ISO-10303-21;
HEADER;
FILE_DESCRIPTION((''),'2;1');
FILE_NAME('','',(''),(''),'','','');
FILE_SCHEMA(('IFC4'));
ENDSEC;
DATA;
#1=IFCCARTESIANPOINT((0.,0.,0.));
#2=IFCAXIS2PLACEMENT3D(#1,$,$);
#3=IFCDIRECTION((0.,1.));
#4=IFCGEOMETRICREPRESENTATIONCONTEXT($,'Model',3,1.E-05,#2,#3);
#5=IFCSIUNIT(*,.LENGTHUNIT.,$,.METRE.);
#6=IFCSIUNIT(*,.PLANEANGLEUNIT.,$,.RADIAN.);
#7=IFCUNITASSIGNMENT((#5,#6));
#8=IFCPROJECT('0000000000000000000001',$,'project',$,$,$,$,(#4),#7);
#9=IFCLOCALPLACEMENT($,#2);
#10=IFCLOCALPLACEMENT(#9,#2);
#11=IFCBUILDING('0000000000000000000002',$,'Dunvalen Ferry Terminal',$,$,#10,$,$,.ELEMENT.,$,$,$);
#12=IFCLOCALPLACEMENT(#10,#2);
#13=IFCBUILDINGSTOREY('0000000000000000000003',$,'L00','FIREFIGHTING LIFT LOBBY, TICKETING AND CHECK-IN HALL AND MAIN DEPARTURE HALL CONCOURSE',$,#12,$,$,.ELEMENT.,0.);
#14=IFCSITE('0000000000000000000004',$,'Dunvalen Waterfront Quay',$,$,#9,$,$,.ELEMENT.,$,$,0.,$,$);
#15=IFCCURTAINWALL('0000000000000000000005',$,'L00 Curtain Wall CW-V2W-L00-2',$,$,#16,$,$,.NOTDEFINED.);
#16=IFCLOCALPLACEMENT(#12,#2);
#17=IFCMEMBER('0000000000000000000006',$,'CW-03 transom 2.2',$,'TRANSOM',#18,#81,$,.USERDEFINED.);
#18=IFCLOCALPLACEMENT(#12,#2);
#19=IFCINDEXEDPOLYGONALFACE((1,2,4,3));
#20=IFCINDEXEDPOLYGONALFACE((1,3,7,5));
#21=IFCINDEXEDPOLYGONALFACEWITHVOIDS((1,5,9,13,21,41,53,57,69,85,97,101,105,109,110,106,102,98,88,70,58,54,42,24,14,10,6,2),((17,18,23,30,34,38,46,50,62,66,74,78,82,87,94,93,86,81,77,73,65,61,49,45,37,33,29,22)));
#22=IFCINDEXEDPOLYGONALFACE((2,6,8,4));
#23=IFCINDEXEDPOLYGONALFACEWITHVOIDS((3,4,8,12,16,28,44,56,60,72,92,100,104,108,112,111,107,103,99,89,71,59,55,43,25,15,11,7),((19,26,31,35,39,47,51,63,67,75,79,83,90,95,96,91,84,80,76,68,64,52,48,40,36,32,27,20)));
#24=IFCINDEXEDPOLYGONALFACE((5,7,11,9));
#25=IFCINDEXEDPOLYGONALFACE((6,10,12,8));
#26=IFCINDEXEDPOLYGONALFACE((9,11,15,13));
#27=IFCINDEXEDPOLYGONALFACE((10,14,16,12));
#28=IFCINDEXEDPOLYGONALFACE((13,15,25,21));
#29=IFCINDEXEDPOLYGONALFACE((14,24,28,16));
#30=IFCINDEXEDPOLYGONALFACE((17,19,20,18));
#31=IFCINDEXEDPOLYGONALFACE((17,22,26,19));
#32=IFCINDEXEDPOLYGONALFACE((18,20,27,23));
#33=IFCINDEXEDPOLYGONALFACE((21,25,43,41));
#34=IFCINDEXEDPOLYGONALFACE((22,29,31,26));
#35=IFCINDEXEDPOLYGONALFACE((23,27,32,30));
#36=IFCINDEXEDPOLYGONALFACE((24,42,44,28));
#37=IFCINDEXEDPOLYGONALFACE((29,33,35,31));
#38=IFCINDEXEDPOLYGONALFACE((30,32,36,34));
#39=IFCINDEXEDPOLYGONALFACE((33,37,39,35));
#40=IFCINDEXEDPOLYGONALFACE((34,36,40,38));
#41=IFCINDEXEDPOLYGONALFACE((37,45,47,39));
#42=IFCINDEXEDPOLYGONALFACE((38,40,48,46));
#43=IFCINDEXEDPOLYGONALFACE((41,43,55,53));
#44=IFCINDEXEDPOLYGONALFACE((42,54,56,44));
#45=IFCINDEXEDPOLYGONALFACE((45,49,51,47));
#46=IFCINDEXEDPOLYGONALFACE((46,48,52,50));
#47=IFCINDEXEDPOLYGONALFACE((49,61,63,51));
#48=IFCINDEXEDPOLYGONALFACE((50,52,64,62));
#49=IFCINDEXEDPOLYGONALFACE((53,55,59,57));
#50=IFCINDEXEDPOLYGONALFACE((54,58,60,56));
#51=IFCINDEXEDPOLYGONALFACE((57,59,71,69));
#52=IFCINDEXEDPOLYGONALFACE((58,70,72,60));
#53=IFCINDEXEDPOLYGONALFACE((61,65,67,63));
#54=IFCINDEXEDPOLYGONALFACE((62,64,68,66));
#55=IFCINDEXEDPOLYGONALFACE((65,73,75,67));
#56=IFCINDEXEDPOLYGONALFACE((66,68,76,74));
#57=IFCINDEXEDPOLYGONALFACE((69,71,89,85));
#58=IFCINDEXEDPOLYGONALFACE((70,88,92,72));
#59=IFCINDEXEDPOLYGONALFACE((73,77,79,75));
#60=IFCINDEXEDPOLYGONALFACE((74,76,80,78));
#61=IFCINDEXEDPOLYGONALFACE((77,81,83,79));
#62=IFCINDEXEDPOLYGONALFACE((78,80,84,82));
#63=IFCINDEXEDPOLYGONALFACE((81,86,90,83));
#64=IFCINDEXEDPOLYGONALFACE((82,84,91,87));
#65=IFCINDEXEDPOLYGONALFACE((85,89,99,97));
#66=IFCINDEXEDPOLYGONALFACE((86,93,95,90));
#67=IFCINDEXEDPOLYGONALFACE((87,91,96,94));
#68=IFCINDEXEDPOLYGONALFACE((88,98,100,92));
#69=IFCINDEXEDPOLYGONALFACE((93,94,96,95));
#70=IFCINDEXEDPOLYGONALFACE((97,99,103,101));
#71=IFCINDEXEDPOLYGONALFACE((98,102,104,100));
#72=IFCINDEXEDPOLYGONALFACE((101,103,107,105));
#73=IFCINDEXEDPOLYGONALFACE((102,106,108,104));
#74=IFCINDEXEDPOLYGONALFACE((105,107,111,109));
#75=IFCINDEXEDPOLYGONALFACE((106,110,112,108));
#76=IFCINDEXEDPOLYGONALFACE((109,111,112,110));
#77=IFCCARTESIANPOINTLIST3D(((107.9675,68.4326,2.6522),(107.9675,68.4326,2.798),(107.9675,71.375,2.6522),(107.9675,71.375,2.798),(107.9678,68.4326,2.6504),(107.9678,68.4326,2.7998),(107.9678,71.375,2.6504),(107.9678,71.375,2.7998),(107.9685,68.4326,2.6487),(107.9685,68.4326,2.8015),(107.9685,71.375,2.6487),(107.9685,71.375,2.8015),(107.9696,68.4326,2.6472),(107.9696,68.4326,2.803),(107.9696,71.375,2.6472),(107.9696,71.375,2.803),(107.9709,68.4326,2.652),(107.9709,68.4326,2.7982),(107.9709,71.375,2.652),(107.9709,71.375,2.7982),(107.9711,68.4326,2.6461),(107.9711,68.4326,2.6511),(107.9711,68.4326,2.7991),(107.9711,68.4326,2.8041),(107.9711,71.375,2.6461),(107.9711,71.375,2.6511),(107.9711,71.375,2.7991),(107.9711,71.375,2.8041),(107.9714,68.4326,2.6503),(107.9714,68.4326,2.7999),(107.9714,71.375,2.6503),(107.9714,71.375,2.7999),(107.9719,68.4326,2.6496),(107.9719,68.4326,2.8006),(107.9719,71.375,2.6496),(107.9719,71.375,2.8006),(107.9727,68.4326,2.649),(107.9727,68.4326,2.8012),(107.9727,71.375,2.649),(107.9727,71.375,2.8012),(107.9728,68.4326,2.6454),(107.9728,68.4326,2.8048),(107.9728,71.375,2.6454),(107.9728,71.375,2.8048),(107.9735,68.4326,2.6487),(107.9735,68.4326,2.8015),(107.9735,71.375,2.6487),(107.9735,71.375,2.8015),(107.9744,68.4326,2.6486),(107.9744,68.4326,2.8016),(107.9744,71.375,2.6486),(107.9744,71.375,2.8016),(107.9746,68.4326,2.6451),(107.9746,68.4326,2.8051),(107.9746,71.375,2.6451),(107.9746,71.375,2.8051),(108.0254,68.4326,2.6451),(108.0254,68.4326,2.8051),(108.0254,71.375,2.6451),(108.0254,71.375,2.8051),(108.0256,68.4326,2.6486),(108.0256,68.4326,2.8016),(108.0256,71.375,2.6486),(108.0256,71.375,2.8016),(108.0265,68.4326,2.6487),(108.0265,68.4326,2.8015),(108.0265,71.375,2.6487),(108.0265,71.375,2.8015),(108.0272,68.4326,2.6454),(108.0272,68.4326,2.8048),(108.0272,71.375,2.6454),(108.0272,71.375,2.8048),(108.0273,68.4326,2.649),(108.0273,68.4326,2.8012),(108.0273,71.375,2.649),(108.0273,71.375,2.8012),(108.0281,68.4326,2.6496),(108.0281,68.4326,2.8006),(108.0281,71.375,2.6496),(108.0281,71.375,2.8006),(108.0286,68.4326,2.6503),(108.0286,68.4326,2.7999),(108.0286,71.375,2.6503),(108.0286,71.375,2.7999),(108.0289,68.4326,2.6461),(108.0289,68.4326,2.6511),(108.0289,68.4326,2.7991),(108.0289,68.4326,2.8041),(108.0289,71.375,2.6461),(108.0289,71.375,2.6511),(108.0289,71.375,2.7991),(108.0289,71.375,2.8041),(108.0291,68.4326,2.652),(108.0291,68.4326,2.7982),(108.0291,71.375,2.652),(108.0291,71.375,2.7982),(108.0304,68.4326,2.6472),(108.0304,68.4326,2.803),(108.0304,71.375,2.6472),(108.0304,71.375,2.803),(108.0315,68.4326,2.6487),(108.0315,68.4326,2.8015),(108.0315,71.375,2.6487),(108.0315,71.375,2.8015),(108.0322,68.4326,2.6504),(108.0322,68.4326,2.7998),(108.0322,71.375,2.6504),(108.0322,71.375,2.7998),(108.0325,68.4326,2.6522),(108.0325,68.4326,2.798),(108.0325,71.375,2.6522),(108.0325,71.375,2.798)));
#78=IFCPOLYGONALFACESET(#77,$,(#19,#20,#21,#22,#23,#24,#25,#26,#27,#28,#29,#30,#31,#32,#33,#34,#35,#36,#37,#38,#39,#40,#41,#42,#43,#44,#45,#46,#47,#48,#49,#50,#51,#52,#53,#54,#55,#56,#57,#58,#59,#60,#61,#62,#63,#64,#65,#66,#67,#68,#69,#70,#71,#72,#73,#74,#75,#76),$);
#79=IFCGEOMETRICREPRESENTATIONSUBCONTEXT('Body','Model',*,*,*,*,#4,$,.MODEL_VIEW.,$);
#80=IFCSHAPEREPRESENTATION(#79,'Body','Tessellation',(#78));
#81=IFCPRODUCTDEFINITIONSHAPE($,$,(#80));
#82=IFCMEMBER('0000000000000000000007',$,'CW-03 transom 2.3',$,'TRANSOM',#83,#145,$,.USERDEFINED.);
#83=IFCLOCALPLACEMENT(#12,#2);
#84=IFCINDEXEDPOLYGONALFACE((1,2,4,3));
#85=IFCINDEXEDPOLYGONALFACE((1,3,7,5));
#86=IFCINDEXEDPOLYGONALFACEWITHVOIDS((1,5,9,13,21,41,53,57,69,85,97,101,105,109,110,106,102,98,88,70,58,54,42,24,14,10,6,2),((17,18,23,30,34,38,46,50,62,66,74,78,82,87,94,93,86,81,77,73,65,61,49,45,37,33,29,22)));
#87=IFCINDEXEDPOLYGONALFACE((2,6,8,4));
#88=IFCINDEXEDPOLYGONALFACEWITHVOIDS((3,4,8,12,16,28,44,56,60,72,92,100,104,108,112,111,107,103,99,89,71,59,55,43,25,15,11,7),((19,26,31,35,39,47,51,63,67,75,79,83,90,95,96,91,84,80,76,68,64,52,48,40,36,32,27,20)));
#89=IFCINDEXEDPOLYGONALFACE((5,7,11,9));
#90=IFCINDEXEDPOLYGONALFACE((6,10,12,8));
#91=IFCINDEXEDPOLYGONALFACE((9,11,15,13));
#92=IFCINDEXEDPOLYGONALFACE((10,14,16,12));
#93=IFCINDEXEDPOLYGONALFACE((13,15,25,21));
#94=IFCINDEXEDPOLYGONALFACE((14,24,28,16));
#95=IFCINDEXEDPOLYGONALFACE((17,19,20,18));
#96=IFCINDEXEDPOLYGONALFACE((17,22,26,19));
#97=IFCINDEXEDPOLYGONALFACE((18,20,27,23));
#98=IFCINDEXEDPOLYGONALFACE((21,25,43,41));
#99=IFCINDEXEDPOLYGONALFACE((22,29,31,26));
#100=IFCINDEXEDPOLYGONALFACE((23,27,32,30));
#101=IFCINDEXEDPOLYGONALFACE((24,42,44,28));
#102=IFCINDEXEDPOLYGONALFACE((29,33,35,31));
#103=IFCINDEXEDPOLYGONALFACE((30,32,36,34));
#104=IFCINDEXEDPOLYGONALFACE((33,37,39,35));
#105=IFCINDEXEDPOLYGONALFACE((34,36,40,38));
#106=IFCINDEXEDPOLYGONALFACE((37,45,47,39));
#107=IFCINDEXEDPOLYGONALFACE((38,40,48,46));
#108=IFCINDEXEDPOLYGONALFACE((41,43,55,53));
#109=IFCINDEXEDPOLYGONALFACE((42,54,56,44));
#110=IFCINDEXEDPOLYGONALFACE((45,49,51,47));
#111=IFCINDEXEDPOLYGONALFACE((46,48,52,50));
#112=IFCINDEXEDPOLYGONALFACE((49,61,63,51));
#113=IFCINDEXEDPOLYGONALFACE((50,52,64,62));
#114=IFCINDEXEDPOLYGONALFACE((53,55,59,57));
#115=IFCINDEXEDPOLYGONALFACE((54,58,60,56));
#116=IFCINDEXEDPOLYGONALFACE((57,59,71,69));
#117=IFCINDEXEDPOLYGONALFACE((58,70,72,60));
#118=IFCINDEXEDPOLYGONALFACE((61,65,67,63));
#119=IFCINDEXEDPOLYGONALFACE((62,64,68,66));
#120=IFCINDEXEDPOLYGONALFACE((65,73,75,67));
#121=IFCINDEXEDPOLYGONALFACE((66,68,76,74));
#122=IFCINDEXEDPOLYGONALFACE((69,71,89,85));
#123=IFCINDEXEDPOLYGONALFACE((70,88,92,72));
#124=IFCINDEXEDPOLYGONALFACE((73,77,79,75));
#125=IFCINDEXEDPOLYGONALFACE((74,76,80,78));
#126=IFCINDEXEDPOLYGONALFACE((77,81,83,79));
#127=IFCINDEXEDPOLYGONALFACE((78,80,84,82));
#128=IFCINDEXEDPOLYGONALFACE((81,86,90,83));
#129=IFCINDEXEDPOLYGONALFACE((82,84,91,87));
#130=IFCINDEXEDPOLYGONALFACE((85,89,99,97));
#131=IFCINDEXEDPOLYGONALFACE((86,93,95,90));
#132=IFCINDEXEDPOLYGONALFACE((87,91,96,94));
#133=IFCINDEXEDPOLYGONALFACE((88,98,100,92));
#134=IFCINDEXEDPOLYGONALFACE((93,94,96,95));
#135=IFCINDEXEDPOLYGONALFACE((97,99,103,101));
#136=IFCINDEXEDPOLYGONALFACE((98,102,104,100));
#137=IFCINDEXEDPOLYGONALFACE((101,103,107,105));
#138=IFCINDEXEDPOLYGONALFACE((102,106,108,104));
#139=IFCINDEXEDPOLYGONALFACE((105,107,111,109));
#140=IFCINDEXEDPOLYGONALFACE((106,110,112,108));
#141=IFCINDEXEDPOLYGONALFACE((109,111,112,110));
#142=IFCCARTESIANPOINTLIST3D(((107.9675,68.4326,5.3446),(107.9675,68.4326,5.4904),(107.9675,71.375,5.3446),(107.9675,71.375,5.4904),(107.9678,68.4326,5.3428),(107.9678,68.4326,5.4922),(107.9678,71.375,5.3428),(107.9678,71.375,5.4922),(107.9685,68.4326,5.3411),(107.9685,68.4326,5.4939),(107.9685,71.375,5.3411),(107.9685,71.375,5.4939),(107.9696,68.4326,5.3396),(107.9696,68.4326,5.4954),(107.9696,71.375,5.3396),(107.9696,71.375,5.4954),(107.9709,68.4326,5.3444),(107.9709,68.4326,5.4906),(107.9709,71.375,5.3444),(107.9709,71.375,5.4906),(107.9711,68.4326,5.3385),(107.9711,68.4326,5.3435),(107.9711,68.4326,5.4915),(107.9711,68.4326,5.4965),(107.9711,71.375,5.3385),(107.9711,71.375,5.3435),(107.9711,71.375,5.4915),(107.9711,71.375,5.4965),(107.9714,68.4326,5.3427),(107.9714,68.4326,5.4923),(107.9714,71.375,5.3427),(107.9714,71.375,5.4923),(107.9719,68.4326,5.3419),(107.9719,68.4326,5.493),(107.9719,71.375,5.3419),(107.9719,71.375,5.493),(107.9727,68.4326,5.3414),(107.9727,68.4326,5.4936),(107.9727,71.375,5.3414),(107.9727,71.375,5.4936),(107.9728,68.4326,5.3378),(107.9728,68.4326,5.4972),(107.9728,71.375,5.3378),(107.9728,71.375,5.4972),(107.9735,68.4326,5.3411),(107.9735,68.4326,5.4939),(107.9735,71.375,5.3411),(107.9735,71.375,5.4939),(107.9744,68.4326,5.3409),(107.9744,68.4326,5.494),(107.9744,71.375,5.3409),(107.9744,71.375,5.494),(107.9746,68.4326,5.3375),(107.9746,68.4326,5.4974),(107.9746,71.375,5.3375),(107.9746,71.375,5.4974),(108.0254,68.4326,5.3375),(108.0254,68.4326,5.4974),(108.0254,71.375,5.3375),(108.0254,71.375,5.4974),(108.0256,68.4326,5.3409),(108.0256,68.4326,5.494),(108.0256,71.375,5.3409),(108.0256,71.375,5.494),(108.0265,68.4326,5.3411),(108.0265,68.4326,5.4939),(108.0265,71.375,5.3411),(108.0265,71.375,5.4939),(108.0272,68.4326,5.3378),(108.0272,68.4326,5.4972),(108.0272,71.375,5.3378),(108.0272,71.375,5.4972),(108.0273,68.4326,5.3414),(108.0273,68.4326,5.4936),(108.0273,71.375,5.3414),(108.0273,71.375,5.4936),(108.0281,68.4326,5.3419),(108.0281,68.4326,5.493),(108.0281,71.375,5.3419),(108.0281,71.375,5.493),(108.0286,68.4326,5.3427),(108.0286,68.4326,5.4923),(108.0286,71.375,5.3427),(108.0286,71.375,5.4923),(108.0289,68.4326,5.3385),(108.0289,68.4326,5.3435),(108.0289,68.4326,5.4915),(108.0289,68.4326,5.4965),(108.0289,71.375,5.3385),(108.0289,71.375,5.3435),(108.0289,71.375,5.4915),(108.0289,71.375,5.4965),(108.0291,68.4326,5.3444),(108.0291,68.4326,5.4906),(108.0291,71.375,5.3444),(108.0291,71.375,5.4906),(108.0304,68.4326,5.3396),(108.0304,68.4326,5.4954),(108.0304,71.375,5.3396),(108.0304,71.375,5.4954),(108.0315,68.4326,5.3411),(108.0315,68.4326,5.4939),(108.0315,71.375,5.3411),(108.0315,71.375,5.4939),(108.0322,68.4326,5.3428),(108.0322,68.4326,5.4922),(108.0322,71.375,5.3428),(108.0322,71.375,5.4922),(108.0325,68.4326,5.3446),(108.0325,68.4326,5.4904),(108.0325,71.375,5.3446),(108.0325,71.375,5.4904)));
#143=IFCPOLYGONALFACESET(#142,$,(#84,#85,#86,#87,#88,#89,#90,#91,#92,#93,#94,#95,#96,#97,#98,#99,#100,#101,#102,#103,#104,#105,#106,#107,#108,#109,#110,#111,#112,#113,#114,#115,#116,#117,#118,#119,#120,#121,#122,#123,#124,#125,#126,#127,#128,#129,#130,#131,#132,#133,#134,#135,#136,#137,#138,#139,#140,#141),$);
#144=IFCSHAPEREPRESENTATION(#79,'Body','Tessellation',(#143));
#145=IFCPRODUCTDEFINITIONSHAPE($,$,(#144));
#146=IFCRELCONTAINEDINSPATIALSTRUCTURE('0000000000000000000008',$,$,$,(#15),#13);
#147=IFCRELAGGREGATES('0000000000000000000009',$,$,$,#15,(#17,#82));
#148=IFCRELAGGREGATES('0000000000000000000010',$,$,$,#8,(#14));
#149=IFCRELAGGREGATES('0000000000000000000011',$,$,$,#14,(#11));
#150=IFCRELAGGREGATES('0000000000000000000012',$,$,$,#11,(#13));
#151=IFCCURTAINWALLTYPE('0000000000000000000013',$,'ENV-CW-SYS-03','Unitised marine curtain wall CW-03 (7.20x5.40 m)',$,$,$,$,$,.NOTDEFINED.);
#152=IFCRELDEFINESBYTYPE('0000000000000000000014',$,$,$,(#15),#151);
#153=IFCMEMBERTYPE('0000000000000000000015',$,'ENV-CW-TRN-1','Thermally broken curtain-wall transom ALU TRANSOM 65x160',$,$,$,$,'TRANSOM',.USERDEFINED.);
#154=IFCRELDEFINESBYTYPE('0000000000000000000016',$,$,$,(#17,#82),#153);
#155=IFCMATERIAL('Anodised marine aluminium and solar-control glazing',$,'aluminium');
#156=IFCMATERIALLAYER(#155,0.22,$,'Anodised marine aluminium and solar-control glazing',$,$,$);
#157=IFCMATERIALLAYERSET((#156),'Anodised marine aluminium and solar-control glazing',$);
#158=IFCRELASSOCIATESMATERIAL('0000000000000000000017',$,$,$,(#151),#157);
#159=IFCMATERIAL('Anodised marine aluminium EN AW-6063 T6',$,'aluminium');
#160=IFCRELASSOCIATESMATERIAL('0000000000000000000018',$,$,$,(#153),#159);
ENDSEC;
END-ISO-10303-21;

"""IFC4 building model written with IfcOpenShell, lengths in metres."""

from ifc_helpers import new_model, si_unit, direction, frame, origin, origin_2d, place, context, subcontext, project, spatial, hollow_rectangle, extrude, material, layer, layer_set, material_profile, profile_set, type_object, element, aggregate, save


model = new_model("IFC4")

# Units and contexts
model_context = context("Model", 3, precision=1e-05, world=origin(), true_north=direction((0.0, 1.0)))
body_context = subcontext(model_context, "Body", "Model", "MODEL_VIEW")
ifc_project = project(units=[si_unit("LENGTHUNIT", "METRE"), si_unit("PLANEANGLEUNIT", "RADIAN")], contexts=[model_context])

# Site, building, storey
site_placement = place(None, origin())
site = spatial("IfcSite", under=ifc_project, at=site_placement, Name="Dunvalen Waterfront Quay", CompositionType="ELEMENT", RefElevation=0.0)
building_placement = place(site_placement, origin())
building = spatial("IfcBuilding", under=site, at=building_placement, Name="Dunvalen Ferry Terminal", CompositionType="ELEMENT")
storey_placement = place(building_placement, origin())
storey = spatial("IfcBuildingStorey", under=building, at=storey_placement, Name="L00", Description="FIREFIGHTING LIFT LOBBY, TICKETING AND CHECK-IN HALL AND MAIN DEPARTURE HALL CONCOURSE", CompositionType="ELEMENT", Elevation=0.0)

# Curtain wall
ifc_material_1 = material(Name="Anodised marine aluminium and solar-control glazing", Category="aluminium")
ifc_layer_1 = layer(ifc_material_1, 0.22, Name="Anodised marine aluminium and solar-control glazing")
ifc_layer_set_1 = layer_set([ifc_layer_1], Name="Anodised marine aluminium and solar-control glazing")
curtain_wall_type = type_object("IfcCurtainWallType", Name="ENV-CW-SYS-03", Description="Unitised marine curtain wall CW-03 (7.20x5.40 m)", PredefinedType="NOTDEFINED", material=ifc_layer_set_1)
curtain_wall_1_placement = place(storey_placement, origin())
curtain_wall_1 = element("IfcCurtainWall", 1, at=curtain_wall_1_placement, inside=storey, type_object=curtain_wall_type, Name="L00 Curtain Wall CW-V2W-L00-2", PredefinedType="NOTDEFINED")
ifc_material_2 = material(Name="Anodised marine aluminium EN AW-6063 T6", Category="aluminium")

# Members
ifc_material_profile_1 = material_profile(ifc_material_2, hollow_rectangle(XDim=0.0649, YDim=0.1599, WallThickness=0.0034, InnerFilletRadius=0.0034, OuterFilletRadius=0.0071, at=origin_2d()), Name="Anodised marine aluminium EN AW-6063 T6")
ifc_profile_set_1 = profile_set([ifc_material_profile_1], Name="Anodised marine aluminium EN AW-6063 T6")
member_type_1 = type_object("IfcMemberType", Name="ENV-CW-TRN-1", Description="Thermally broken curtain-wall transom ALU TRANSOM 65x160", ElementType="TRANSOM", PredefinedType="USERDEFINED", material=ifc_profile_set_1)
member_1_placement = place(storey_placement, frame((108.0, 68.4326, 2.7251), z_axis=(0.0, 1.0, 0.0), x_axis=(-1.0, 0.0, 0.0)))
member_1 = element("IfcMember", 2, at=member_1_placement, type_object=member_type_1, Name="CW-03 transom 2.2", ObjectType="TRANSOM", PredefinedType="USERDEFINED", context=body_context, shape_type="SweptSolid", body=[
    extrude(hollow_rectangle(XDim=0.0649, YDim=0.1599, WallThickness=0.0034, InnerFilletRadius=0.0034, OuterFilletRadius=0.0071, at=origin_2d()), origin(), (0.0, 0.0, 1.0), 2.9424),
])
member_2_placement = place(storey_placement, frame((108.0, 68.4326, 5.4175), z_axis=(0.0, 1.0, 0.0), x_axis=(-1.0, 0.0, 0.0)))
member_2 = element("IfcMember", 3, at=member_2_placement, type_object=member_type_1, Name="CW-03 transom 2.3", ObjectType="TRANSOM", PredefinedType="USERDEFINED", context=body_context, shape_type="SweptSolid", body=[
    extrude(hollow_rectangle(XDim=0.0649, YDim=0.1599, WallThickness=0.0034, InnerFilletRadius=0.0034, OuterFilletRadius=0.0071, at=origin_2d()), origin(), (0.0, 0.0, 1.0), 2.9424),
])

aggregate(curtain_wall_1, [member_1, member_2])

save(model, "model.ifc")
